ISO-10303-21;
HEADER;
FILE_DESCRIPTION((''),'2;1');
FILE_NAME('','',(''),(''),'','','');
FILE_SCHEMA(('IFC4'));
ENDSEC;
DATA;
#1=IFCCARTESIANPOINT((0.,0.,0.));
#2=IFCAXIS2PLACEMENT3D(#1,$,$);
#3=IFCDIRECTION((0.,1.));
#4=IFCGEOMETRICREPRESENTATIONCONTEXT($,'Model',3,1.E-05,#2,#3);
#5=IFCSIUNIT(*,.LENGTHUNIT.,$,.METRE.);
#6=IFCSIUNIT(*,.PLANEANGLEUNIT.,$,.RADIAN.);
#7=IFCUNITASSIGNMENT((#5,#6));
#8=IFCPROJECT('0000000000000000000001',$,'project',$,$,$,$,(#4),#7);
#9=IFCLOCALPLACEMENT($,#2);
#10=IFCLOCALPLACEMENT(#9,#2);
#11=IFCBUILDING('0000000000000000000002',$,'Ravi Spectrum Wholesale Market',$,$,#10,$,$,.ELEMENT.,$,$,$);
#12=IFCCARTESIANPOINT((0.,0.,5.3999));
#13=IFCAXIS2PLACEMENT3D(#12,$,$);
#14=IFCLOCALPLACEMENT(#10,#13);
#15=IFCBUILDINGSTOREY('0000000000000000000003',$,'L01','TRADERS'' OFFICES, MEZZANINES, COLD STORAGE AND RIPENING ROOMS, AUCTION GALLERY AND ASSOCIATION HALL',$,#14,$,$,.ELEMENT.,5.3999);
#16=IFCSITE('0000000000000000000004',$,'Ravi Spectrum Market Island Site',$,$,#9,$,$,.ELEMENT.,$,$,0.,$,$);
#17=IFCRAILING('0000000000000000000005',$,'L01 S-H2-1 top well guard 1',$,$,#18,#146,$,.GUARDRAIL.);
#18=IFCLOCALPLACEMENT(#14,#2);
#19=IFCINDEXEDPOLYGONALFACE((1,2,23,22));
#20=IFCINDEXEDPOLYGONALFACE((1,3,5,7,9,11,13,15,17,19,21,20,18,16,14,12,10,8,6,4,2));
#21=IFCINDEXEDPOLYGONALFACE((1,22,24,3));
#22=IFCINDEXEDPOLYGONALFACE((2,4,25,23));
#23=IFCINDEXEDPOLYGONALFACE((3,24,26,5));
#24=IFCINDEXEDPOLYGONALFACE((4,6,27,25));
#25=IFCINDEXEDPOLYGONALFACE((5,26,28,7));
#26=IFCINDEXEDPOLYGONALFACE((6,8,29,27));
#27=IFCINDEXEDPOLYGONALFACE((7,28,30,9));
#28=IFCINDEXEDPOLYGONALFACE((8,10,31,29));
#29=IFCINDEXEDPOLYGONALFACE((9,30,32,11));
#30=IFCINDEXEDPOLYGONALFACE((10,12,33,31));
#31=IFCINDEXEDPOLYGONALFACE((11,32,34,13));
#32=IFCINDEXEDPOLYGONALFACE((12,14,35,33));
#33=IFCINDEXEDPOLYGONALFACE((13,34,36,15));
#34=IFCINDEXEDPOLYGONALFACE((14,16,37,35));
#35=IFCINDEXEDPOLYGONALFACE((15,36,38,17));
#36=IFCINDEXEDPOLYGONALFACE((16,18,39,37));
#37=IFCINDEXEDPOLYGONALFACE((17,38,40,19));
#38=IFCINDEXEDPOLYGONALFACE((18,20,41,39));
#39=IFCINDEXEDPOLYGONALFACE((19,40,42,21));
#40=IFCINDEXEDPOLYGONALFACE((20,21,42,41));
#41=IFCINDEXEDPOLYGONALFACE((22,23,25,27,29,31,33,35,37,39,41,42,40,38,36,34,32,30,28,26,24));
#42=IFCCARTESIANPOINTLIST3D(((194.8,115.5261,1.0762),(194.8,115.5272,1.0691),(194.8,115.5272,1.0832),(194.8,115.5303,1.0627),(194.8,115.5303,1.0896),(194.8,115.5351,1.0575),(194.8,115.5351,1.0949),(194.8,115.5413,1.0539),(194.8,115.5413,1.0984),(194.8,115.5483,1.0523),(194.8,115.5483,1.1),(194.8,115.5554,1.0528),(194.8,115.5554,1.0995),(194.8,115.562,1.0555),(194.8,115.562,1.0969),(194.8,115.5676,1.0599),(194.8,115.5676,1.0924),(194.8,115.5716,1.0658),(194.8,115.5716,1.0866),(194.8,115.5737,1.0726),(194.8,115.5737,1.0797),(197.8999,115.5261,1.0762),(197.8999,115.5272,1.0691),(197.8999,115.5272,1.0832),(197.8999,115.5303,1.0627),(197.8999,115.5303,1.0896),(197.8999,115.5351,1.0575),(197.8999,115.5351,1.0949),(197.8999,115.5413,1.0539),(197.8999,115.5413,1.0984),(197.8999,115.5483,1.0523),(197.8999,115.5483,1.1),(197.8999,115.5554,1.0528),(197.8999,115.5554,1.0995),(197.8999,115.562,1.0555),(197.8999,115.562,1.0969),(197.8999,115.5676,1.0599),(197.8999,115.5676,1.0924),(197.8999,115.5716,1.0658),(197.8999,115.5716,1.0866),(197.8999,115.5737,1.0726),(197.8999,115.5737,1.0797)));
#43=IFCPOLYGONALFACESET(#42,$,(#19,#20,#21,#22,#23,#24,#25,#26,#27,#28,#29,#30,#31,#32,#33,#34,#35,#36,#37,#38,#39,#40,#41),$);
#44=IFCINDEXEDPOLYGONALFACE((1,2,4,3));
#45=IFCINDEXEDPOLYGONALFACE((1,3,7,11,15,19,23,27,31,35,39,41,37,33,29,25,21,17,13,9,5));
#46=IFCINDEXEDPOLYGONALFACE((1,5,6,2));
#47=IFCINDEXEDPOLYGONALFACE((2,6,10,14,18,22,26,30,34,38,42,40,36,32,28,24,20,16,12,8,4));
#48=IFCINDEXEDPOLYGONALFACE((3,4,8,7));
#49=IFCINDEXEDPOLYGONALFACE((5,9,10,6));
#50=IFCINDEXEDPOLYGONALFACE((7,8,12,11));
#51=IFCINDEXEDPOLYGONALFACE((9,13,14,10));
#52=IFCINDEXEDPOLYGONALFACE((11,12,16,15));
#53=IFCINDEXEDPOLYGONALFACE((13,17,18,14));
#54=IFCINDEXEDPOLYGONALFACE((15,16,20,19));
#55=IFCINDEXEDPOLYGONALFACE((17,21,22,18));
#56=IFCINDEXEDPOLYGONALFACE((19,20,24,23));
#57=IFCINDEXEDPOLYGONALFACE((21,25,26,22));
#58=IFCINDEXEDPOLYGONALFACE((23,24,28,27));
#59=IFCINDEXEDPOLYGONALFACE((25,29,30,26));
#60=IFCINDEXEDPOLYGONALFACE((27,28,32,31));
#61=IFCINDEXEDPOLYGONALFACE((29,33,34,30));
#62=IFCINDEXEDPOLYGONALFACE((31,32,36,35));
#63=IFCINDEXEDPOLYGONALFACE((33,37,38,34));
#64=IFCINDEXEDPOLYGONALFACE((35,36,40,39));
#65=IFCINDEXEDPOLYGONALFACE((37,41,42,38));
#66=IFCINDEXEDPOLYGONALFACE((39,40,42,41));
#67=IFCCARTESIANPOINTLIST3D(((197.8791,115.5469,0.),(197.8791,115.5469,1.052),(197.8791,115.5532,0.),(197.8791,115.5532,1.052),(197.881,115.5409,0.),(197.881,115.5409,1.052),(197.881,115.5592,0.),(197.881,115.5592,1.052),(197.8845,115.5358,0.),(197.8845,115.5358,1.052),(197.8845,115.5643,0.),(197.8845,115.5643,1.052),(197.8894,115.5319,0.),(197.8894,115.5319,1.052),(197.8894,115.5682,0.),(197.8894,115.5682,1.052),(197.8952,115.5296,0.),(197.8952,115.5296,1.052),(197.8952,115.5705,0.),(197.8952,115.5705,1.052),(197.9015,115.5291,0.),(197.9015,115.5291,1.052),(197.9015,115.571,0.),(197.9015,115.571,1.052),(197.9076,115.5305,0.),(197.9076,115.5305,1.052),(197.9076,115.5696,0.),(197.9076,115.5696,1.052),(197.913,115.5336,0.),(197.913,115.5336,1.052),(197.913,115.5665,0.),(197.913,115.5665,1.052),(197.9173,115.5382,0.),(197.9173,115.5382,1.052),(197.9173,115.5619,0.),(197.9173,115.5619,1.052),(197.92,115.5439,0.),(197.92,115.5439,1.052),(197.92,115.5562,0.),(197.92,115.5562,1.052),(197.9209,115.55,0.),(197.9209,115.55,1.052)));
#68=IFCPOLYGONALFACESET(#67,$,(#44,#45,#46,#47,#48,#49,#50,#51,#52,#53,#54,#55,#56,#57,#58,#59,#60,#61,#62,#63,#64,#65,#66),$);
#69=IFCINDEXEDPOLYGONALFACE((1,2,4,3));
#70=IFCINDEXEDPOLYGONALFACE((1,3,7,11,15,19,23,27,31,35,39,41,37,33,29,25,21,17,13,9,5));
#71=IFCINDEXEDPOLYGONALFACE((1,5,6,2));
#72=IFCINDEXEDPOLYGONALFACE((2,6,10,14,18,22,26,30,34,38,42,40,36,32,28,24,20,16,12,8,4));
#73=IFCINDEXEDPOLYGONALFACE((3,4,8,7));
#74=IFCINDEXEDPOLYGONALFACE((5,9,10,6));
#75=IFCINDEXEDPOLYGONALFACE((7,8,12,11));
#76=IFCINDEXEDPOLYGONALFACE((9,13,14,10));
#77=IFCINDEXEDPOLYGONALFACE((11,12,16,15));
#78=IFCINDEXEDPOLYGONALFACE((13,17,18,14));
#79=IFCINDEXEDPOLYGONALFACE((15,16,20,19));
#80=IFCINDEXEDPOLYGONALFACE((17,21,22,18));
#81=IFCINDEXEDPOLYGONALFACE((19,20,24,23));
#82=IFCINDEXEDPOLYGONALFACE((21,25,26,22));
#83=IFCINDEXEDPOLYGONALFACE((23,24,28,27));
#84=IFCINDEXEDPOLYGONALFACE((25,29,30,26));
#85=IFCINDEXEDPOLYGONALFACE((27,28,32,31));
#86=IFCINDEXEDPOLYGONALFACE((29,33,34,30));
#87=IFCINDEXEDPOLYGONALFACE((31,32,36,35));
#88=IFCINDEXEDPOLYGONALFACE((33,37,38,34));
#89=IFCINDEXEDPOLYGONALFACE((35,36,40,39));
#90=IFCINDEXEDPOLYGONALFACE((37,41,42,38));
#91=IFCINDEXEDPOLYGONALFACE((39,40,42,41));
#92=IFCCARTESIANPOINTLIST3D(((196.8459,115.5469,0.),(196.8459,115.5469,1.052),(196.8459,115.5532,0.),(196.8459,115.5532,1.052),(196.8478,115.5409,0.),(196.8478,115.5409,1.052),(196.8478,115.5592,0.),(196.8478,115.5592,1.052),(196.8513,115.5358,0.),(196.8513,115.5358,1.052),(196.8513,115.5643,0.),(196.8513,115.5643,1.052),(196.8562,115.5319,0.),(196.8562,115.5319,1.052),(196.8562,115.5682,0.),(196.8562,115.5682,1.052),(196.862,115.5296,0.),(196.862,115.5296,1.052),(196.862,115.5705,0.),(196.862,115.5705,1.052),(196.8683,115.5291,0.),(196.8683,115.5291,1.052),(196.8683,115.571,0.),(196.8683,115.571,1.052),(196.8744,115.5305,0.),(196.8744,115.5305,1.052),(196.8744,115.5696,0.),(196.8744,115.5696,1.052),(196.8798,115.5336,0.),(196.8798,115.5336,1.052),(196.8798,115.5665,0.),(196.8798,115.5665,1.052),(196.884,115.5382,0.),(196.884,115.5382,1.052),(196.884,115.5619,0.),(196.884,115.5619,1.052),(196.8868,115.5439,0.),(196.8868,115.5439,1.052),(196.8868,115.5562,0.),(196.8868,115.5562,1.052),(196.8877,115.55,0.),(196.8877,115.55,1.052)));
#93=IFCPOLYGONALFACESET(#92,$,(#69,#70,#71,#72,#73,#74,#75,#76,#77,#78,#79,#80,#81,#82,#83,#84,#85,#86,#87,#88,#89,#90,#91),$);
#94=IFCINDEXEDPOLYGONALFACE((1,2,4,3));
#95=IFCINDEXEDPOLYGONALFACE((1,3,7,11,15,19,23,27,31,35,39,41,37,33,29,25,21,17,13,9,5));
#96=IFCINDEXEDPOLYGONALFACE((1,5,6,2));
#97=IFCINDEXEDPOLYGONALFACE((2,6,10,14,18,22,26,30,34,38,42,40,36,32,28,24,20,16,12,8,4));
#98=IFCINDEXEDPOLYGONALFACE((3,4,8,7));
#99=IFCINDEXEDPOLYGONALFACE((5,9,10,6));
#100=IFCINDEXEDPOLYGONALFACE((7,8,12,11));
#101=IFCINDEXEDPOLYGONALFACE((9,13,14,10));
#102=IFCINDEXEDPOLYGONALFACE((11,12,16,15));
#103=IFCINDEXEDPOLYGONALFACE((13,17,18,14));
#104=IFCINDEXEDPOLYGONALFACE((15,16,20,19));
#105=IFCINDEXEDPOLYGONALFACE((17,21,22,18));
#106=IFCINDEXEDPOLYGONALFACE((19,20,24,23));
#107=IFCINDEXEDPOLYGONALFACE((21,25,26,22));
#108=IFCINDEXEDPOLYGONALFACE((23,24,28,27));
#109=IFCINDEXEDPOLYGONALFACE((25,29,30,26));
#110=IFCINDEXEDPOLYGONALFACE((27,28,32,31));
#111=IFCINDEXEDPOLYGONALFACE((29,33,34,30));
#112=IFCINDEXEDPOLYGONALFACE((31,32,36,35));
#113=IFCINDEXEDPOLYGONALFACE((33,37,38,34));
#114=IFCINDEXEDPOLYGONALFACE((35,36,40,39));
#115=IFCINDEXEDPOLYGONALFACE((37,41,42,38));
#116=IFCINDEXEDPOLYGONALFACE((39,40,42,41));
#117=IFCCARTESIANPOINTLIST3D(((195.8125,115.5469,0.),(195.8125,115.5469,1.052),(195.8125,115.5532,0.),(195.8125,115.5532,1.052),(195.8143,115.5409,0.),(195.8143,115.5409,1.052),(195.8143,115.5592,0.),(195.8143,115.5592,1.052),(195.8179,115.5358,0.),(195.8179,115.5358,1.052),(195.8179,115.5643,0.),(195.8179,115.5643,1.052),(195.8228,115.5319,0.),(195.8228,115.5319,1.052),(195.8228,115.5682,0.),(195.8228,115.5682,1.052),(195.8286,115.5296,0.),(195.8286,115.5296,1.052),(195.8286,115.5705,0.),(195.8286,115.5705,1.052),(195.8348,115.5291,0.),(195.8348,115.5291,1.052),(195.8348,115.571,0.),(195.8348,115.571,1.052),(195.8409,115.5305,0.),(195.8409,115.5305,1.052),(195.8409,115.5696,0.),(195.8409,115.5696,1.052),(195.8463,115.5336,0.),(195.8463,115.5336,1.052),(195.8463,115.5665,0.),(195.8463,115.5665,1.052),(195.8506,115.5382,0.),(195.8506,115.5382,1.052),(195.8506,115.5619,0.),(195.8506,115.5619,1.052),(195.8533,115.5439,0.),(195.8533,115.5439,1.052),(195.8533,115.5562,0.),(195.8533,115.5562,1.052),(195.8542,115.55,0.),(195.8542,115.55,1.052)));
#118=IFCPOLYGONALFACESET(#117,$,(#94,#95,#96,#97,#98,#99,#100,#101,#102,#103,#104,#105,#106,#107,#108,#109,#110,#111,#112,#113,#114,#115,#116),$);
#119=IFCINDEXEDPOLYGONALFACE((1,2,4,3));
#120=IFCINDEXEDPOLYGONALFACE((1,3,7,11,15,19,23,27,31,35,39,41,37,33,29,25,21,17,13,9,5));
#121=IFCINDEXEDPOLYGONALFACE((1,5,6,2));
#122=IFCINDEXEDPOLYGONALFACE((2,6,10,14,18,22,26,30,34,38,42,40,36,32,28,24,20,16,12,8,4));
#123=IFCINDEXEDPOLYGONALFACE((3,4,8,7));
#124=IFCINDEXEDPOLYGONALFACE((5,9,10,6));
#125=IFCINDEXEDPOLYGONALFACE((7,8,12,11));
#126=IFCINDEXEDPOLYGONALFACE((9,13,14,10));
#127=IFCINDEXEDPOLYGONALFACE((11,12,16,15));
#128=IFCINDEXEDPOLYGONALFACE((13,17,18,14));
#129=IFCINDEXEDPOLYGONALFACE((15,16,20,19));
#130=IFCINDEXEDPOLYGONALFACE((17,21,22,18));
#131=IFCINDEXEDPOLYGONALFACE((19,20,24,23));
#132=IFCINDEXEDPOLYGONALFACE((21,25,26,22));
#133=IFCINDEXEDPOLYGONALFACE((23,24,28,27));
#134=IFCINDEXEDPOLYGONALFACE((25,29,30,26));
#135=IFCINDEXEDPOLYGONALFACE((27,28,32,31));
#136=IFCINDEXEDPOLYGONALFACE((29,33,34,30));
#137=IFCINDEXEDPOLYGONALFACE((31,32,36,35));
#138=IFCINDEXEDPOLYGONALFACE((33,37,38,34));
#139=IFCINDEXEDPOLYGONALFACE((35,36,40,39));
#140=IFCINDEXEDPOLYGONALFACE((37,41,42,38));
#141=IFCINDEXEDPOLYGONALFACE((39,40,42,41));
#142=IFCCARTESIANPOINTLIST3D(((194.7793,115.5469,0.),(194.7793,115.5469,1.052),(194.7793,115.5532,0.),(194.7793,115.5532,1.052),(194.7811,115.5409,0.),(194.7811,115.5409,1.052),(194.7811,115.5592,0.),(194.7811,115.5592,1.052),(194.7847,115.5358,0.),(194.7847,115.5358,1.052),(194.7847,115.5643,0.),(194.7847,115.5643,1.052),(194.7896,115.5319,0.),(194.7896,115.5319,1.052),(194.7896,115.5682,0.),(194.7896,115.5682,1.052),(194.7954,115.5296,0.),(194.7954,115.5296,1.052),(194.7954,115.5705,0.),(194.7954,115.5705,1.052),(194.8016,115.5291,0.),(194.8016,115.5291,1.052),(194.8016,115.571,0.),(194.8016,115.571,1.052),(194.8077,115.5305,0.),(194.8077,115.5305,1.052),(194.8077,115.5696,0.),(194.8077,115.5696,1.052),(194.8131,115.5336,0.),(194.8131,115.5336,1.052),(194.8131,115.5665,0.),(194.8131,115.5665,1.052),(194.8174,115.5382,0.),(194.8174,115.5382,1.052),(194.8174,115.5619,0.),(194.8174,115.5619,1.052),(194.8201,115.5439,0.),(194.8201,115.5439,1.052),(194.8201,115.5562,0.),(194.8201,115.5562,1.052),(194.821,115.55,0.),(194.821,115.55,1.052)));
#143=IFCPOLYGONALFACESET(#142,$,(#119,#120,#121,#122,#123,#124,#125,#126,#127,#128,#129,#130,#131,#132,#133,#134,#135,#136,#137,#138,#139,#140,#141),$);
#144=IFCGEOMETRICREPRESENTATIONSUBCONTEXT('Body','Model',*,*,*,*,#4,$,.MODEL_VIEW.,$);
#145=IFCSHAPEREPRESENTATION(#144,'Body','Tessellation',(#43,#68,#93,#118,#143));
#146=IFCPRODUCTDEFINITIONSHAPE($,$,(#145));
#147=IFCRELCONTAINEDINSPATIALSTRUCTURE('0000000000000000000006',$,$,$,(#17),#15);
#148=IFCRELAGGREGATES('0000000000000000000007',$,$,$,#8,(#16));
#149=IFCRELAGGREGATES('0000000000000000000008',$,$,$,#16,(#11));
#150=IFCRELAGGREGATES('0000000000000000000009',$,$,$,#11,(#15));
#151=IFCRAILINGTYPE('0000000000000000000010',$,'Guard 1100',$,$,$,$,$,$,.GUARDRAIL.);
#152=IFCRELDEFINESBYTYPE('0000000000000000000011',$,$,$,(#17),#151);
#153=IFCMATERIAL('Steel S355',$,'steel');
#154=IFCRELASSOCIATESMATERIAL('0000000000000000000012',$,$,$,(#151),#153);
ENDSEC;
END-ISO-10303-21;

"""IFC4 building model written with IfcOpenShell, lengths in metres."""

from ifc_helpers import new_model, si_unit, direction, frame, origin, origin_2d, place, context, subcontext, project, spatial, circle, extrude, material, type_object, element, save


model = new_model("IFC4")

# Units and contexts
model_context = context("Model", 3, precision=1e-05, world=origin(), true_north=direction((0.0, 1.0)))
body_context = subcontext(model_context, "Body", "Model", "MODEL_VIEW")
ifc_project = project(units=[si_unit("LENGTHUNIT", "METRE"), si_unit("PLANEANGLEUNIT", "RADIAN")], contexts=[model_context])

# Site, building, storey
site_placement = place(None, origin())
site = spatial("IfcSite", under=ifc_project, at=site_placement, Name="Ravi Spectrum Market Island Site", CompositionType="ELEMENT", RefElevation=0.0)
building_placement = place(site_placement, origin())
building = spatial("IfcBuilding", under=site, at=building_placement, Name="Ravi Spectrum Wholesale Market", CompositionType="ELEMENT")
storey_placement = place(building_placement, frame((0.0, 0.0, 5.3999)))
storey = spatial("IfcBuildingStorey", under=building, at=storey_placement, Name="L01", Description="TRADERS' OFFICES, MEZZANINES, COLD STORAGE AND RIPENING ROOMS, AUCTION GALLERY AND ASSOCIATION HALL", CompositionType="ELEMENT", Elevation=5.3999)

# Railing
ifc_material_1 = material(Name="Steel S355", Category="steel")
railing_type = type_object("IfcRailingType", Name="Guard 1100", PredefinedType="GUARDRAIL", material=ifc_material_1)
railing_placement = place(storey_placement, frame((197.8999, 115.55, 0.0)))
element("IfcRailing", 1, at=railing_placement, inside=storey, type_object=railing_type, Name="L01 S-H2-1 top well guard 1", PredefinedType="GUARDRAIL", context=body_context, shape_type="SweptSolid", body=[
    extrude(circle(Radius=0.0239, at=origin_2d()), frame((0.0, 0.0, 1.0762), z_axis=(-1.0, 0.0, 0.0), x_axis=(0.0, -1.0, 0.0)), (0.0, 0.0, 1.0), 3.0999),
    extrude(circle(Radius=0.021, at=origin_2d()), origin(), (0.0, 0.0, 1.0), 1.052),
    extrude(circle(Radius=0.021, at=origin_2d()), frame((-1.0332, 0.0, 0.0)), (0.0, 0.0, 1.0), 1.052),
    extrude(circle(Radius=0.021, at=origin_2d()), frame((-2.0667, 0.0, 0.0)), (0.0, 0.0, 1.0), 1.052),
    extrude(circle(Radius=0.021, at=origin_2d()), frame((-3.0999, 0.0, 0.0)), (0.0, 0.0, 1.0), 1.052),
])

save(model, "model.ifc")
